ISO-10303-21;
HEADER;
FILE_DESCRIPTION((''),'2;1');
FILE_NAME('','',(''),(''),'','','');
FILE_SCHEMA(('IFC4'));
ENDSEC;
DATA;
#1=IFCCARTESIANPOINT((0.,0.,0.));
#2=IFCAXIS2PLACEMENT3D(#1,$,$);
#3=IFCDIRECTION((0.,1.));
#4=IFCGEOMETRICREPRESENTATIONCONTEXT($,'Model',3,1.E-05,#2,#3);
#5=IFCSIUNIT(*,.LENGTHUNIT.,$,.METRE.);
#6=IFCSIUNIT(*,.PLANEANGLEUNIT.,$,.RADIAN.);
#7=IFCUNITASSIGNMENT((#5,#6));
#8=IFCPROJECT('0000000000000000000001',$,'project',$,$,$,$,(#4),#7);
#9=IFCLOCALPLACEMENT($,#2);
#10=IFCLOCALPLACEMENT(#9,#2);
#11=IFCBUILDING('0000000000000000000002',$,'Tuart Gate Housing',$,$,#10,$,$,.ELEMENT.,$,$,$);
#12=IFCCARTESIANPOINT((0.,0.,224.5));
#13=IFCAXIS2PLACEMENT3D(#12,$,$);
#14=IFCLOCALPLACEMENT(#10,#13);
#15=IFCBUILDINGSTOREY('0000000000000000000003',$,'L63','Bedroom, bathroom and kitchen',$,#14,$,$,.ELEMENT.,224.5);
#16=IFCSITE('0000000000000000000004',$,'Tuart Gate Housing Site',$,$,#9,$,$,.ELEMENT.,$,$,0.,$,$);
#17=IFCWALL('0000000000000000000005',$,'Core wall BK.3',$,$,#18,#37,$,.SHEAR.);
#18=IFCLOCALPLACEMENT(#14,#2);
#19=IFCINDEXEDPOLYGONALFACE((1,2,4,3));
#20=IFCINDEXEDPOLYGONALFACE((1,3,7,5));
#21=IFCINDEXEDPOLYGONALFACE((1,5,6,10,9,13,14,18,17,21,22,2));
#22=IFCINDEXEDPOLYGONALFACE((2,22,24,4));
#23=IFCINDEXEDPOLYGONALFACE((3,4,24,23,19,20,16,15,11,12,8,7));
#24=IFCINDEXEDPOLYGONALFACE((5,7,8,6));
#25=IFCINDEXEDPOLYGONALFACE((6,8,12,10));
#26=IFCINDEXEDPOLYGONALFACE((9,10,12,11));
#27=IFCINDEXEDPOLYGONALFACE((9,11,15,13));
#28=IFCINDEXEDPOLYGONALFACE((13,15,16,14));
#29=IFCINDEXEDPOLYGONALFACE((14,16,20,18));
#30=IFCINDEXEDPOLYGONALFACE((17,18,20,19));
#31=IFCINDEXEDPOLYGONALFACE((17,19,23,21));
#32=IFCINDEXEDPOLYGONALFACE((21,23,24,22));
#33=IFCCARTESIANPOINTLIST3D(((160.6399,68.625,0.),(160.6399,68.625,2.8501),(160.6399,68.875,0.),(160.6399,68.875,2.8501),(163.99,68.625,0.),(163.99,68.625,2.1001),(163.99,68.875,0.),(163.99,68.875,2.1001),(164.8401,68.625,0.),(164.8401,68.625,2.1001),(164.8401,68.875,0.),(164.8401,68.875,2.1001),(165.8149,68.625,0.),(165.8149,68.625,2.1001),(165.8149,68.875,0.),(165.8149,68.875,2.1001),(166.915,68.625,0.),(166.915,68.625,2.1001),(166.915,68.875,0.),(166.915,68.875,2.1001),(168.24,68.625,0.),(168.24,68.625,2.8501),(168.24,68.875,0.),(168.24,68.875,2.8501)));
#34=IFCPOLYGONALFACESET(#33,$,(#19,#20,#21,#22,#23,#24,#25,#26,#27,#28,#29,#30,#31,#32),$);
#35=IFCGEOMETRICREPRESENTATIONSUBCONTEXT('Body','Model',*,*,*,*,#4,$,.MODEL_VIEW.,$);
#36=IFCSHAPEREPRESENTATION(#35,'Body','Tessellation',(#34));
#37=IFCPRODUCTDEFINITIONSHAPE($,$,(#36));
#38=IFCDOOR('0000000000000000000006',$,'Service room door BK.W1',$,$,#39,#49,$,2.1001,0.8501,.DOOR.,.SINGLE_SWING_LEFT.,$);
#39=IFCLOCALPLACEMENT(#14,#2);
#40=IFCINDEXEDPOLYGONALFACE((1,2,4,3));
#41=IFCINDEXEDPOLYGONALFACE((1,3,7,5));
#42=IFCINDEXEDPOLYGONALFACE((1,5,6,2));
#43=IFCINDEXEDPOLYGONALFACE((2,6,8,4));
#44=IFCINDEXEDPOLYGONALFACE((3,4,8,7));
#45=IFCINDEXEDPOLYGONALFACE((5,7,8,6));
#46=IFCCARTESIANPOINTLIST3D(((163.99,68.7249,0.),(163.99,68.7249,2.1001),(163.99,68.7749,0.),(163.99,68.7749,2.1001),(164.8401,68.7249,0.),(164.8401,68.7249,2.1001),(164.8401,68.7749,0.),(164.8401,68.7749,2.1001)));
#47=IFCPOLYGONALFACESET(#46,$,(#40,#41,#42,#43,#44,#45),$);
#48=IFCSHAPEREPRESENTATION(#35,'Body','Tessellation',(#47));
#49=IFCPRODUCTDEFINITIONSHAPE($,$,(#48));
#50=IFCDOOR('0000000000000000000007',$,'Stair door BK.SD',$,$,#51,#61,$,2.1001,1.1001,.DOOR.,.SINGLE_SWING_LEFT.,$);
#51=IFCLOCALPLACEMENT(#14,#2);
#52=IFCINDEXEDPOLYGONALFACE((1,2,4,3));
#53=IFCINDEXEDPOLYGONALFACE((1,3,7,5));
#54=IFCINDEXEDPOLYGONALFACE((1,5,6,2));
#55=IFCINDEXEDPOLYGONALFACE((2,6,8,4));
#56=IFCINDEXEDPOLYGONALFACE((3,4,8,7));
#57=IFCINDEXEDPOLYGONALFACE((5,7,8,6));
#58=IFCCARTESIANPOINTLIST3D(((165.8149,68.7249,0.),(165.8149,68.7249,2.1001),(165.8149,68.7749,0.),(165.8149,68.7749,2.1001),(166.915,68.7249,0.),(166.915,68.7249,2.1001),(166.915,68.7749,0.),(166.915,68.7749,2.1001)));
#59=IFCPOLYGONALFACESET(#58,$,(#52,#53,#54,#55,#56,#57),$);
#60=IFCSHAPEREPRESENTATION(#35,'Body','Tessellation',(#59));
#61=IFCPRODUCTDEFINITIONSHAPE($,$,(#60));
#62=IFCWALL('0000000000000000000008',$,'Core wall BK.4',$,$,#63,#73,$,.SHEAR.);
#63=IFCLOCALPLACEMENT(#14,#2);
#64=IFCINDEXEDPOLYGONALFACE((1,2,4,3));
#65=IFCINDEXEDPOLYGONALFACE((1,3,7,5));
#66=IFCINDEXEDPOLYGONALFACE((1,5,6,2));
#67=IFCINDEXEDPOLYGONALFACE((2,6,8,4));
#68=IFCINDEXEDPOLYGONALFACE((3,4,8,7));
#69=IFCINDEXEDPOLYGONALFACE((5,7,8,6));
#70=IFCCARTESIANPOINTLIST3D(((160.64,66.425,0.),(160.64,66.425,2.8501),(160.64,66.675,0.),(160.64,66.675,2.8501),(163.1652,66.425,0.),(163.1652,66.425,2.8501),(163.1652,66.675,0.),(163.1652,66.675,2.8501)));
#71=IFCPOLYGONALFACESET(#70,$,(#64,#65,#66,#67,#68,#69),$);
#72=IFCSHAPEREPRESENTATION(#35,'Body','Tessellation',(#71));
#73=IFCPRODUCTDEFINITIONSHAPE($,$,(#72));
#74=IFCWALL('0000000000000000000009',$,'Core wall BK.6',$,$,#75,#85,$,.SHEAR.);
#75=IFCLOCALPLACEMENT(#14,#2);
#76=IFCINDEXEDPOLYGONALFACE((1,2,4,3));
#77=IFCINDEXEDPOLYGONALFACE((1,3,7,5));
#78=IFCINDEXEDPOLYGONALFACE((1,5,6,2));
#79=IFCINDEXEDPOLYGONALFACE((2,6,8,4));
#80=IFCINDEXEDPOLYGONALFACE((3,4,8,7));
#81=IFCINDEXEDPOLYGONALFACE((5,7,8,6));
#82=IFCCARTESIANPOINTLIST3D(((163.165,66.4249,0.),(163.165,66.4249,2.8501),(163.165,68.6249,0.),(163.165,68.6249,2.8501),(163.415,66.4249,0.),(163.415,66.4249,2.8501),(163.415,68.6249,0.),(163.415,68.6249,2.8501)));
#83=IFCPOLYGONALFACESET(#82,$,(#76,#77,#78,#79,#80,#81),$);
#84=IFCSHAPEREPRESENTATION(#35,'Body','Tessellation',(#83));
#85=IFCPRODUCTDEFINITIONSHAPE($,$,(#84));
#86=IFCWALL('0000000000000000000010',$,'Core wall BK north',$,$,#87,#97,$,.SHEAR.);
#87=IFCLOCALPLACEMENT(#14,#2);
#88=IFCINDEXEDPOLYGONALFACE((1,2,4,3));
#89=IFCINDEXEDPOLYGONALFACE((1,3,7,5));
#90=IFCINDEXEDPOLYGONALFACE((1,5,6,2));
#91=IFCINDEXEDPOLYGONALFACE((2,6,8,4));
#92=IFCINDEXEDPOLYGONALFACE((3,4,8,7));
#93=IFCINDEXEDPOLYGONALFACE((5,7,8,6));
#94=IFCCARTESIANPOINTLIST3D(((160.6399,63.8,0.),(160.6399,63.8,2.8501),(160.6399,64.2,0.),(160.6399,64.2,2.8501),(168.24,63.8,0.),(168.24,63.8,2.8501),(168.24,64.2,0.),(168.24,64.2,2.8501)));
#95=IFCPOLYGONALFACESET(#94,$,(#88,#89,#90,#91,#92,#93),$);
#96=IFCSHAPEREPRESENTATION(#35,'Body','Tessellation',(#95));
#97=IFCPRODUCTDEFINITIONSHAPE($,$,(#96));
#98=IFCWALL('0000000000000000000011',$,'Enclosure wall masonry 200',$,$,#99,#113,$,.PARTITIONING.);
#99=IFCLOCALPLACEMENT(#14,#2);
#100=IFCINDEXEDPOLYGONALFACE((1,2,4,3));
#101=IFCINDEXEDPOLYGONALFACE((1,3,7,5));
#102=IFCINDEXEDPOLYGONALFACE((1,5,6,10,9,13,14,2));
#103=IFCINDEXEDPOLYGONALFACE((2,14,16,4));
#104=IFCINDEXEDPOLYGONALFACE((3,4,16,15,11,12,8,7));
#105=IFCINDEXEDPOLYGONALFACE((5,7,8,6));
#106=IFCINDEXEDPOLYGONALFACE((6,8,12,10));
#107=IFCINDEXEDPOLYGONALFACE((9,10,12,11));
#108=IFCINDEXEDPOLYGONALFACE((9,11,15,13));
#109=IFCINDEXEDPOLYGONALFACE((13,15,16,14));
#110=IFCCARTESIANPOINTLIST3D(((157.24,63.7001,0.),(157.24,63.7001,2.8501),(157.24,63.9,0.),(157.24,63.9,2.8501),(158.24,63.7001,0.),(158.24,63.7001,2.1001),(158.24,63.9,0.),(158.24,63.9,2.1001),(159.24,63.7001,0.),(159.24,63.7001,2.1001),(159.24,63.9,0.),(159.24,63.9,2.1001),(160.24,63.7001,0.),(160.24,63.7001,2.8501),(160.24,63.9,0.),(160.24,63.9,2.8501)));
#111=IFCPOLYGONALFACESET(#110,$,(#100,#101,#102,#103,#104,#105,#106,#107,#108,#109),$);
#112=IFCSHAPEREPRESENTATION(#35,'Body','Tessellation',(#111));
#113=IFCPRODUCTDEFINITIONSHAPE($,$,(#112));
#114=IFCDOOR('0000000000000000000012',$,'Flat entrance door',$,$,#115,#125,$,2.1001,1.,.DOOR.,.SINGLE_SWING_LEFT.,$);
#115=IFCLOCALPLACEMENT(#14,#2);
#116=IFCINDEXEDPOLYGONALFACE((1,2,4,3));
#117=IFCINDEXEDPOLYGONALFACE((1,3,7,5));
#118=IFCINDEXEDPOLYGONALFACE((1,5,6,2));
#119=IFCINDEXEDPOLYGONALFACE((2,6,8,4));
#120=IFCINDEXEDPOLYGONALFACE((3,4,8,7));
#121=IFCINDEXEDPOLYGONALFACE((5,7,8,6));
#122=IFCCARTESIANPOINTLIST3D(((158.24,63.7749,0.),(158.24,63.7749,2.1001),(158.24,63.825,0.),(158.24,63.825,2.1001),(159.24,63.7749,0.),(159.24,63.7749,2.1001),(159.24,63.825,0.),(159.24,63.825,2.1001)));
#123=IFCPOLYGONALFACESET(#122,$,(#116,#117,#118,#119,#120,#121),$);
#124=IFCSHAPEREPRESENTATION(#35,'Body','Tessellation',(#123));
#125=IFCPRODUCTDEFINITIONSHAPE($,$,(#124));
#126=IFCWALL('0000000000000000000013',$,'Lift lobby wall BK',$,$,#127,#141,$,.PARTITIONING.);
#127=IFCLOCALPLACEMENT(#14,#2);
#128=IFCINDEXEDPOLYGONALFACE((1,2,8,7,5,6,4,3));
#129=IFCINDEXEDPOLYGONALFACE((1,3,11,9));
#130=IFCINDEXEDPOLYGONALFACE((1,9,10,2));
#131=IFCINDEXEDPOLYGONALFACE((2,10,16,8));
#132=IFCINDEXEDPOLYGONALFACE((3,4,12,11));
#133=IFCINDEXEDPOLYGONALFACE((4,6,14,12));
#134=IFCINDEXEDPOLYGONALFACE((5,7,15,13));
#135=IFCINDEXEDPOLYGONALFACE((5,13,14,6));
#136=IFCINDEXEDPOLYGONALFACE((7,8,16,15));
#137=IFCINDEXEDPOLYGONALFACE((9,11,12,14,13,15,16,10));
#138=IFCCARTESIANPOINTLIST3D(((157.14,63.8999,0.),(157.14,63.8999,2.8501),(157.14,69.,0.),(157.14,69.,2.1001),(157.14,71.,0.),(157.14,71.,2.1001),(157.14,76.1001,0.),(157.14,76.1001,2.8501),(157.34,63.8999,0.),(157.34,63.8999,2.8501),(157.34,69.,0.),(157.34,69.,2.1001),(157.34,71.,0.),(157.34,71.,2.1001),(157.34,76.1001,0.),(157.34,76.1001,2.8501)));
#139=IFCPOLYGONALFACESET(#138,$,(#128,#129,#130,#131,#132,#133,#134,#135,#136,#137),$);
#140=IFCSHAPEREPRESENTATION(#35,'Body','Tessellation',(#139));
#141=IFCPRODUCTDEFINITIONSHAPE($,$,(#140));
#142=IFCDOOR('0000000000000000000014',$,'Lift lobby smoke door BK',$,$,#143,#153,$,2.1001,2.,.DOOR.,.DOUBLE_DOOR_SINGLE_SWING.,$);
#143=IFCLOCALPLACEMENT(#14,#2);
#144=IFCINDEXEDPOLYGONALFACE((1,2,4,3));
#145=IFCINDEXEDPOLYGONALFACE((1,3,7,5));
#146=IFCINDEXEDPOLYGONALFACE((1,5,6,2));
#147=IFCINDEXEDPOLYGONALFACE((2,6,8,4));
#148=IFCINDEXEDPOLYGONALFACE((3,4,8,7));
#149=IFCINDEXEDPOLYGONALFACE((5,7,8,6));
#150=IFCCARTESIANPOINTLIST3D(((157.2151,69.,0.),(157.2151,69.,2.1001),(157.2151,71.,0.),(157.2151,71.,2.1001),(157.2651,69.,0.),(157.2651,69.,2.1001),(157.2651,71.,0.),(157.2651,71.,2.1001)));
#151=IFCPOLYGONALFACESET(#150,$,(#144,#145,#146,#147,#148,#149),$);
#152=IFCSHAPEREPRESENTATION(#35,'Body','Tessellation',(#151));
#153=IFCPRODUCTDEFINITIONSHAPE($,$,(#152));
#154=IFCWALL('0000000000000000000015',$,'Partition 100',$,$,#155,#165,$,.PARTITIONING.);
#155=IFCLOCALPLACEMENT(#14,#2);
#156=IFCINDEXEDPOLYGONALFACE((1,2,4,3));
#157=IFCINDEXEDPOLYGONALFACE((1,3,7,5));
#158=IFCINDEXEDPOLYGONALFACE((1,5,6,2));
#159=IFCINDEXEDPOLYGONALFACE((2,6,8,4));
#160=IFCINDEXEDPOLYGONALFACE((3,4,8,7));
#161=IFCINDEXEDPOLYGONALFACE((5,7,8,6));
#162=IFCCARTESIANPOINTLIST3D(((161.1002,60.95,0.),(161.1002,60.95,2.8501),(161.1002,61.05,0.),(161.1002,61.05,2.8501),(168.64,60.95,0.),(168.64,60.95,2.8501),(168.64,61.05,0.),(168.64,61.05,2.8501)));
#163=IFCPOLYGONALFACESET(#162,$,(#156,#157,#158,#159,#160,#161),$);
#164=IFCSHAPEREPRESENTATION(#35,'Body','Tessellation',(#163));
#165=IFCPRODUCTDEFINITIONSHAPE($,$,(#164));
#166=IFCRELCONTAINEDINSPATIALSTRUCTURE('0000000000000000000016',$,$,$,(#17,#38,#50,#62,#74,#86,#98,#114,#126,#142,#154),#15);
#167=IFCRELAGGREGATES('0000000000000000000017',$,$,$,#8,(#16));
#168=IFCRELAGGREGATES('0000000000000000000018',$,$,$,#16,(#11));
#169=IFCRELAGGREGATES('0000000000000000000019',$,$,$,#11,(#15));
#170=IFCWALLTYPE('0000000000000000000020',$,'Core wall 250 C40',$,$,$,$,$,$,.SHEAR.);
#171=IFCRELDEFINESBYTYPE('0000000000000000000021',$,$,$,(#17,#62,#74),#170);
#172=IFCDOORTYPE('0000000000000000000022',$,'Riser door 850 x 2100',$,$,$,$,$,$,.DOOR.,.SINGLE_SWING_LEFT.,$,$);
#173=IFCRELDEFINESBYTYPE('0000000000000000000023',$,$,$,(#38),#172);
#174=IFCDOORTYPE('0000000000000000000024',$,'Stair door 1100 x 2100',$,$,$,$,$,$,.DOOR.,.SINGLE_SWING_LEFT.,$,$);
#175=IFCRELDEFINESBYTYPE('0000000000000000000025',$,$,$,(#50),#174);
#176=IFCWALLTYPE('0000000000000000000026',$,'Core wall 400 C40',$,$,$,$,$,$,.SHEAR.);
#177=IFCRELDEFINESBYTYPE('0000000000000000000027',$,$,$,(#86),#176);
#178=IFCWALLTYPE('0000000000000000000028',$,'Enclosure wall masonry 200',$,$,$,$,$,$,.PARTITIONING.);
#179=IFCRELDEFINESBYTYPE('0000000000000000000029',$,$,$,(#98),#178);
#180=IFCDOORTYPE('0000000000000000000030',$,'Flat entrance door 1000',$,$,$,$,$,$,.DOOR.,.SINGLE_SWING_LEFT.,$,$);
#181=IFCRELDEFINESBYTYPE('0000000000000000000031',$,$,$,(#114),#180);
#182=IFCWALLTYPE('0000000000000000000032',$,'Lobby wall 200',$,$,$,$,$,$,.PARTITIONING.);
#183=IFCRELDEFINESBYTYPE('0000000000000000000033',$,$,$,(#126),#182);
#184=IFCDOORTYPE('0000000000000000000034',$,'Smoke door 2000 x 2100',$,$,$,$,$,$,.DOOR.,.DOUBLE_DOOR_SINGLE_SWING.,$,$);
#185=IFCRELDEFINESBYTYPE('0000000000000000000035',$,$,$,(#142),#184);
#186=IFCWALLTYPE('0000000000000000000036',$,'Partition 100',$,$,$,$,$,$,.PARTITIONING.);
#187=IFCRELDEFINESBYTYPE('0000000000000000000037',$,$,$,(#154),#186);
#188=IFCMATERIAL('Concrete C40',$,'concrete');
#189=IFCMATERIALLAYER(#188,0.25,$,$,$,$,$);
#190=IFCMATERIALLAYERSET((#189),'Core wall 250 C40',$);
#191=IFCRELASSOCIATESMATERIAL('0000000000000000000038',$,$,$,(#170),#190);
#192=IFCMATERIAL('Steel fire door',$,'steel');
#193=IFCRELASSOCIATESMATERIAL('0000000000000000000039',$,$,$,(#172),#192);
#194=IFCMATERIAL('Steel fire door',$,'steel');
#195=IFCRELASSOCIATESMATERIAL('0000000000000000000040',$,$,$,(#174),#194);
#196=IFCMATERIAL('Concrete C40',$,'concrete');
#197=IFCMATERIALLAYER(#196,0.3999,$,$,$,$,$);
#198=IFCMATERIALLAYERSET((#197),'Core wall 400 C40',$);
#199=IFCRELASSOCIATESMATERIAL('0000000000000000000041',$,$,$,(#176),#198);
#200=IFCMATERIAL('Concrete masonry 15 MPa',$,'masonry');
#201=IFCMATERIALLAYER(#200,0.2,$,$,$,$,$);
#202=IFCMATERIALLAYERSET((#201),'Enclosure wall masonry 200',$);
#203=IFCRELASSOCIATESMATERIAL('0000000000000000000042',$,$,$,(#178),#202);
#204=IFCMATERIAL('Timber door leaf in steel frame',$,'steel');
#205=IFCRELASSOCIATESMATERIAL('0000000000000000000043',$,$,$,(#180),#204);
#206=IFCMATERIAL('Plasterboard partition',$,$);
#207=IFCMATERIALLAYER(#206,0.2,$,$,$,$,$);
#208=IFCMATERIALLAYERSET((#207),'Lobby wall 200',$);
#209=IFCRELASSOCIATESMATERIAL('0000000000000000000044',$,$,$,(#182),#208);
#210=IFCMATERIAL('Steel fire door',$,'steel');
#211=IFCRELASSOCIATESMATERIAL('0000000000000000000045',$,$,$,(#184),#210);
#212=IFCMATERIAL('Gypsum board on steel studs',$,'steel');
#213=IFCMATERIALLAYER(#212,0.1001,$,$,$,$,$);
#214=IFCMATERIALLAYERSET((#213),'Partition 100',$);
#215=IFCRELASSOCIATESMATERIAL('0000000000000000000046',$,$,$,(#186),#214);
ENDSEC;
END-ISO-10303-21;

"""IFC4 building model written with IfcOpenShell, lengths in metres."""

from ifc_helpers import new_model, si_unit, direction, frame, frame_2d, origin, place, context, subcontext, project, spatial, rectangle, extrude, material, layer, layer_set, type_object, element, fill, save


model = new_model("IFC4")

# Units and contexts
model_context = context("Model", 3, precision=1e-05, world=origin(), true_north=direction((0.0, 1.0)))
body_context = subcontext(model_context, "Body", "Model", "MODEL_VIEW")
ifc_project = project(units=[si_unit("LENGTHUNIT", "METRE"), si_unit("PLANEANGLEUNIT", "RADIAN")], contexts=[model_context])

# Site, building, storey
site_placement = place(None, origin())
site = spatial("IfcSite", under=ifc_project, at=site_placement, Name="Tuart Gate Housing Site", CompositionType="ELEMENT", RefElevation=0.0)
building_placement = place(site_placement, origin())
building = spatial("IfcBuilding", under=site, at=building_placement, Name="Tuart Gate Housing", CompositionType="ELEMENT")
storey_placement = place(building_placement, frame((0.0, 0.0, 224.5)))
storey = spatial("IfcBuildingStorey", under=building, at=storey_placement, Name="L63", Description="Bedroom, bathroom and kitchen", CompositionType="ELEMENT", Elevation=224.5)

# Wall, openings, doors
ifc_material_1 = material(Name="Concrete C40", Category="concrete")
ifc_layer_1 = layer(ifc_material_1, 0.25)
ifc_layer_set_1 = layer_set([ifc_layer_1], Name="Core wall 250 C40")
wall_type_1 = type_object("IfcWallType", Name="Core wall 250 C40", PredefinedType="SHEAR", material=ifc_layer_set_1)
wall_1_placement = place(storey_placement, frame((160.6399, 68.75, 0.0), z_axis=(0.0, 0.0, 1.0), x_axis=(1.0, 0.0, 0.0)))
wall_1 = element("IfcWall", 1, at=wall_1_placement, inside=storey, type_object=wall_type_1, Name="Core wall BK.3", PredefinedType="SHEAR", context=body_context, shape_type="SweptSolid", body=[
    extrude(rectangle(XDim=7.6001, YDim=0.25, at=frame_2d((3.8, 0.0))), origin(), (0.0, 0.0, 1.0), 2.8501),
])
opening_1_placement = place(wall_1_placement, frame((5.175, 0.0, 0.0)))
opening_1 = element("IfcOpeningElement", 2, at=opening_1_placement, cuts=wall_1, PredefinedType="OPENING", context=body_context, shape_type="SweptSolid", body=[
    extrude(rectangle(XDim=1.1001, YDim=2.1001, at=frame_2d((0.55, 1.05))), frame((0.0, 0.135, 0.0), z_axis=(0.0, -1.0, 0.0), x_axis=(1.0, 0.0, 0.0)), (0.0, 0.0, 1.0), 0.27),
])
opening_2_placement = place(wall_1_placement, frame((3.3501, 0.0, 0.0)))
opening_2 = element("IfcOpeningElement", 3, at=opening_2_placement, cuts=wall_1, PredefinedType="OPENING", context=body_context, shape_type="SweptSolid", body=[
    extrude(rectangle(XDim=0.8501, YDim=2.1001, at=frame_2d((0.425, 1.05))), frame((0.0, 0.135, 0.0), z_axis=(0.0, -1.0, 0.0), x_axis=(1.0, 0.0, 0.0)), (0.0, 0.0, 1.0), 0.27),
])
ifc_material_2 = material(Name="Steel fire door", Category="steel")
door_type_1 = type_object("IfcDoorType", Name="Riser door 850 x 2100", OperationType="SINGLE_SWING_LEFT", PredefinedType="DOOR", material=ifc_material_2)
door_1_placement = place(opening_2_placement, origin())
door_1 = element("IfcDoor", 4, at=door_1_placement, inside=storey, type_object=door_type_1, Name="Service room door BK.W1", OperationType="SINGLE_SWING_LEFT", OverallHeight=2.1001, OverallWidth=0.8501, PredefinedType="DOOR", context=body_context, shape_type="SweptSolid", body=[
    extrude(rectangle(XDim=0.8501, YDim=2.1001, at=frame_2d((0.425, 1.05))), frame((0.0, 0.0249, 0.0), z_axis=(0.0, -1.0, 0.0), x_axis=(1.0, 0.0, 0.0)), (0.0, 0.0, 1.0), 0.05),
])
fill(opening_2, door_1)
ifc_material_3 = material(Name="Steel fire door", Category="steel")
door_type_2 = type_object("IfcDoorType", Name="Stair door 1100 x 2100", OperationType="SINGLE_SWING_LEFT", PredefinedType="DOOR", material=ifc_material_3)
door_2_placement = place(opening_1_placement, origin())
door_2 = element("IfcDoor", 5, at=door_2_placement, inside=storey, type_object=door_type_2, Name="Stair door BK.SD", OperationType="SINGLE_SWING_LEFT", OverallHeight=2.1001, OverallWidth=1.1001, PredefinedType="DOOR", context=body_context, shape_type="SweptSolid", body=[
    extrude(rectangle(XDim=1.1001, YDim=2.1001, at=frame_2d((0.55, 1.05))), frame((0.0, 0.0249, 0.0), z_axis=(0.0, -1.0, 0.0), x_axis=(1.0, 0.0, 0.0)), (0.0, 0.0, 1.0), 0.05),
])
fill(opening_1, door_2)

# Walls
wall_2_placement = place(storey_placement, frame((160.6399, 66.55, 0.0), z_axis=(0.0, 0.0, 1.0), x_axis=(1.0, 0.0, 0.0)))
element("IfcWall", 6, at=wall_2_placement, inside=storey, type_object=wall_type_1, Name="Core wall BK.4", PredefinedType="SHEAR", context=body_context, shape_type="SweptSolid", body=[
    extrude(rectangle(XDim=2.5251, YDim=0.25, at=frame_2d((1.2627, 0.0))), origin(), (0.0, 0.0, 1.0), 2.8501),
])
wall_3_placement = place(storey_placement, frame((163.29, 68.625, 0.0), z_axis=(0.0, 0.0, 1.0), x_axis=(0.0, -1.0, 0.0)))
element("IfcWall", 7, at=wall_3_placement, inside=storey, type_object=wall_type_1, Name="Core wall BK.6", PredefinedType="SHEAR", context=body_context, shape_type="SweptSolid", body=[
    extrude(rectangle(XDim=2.2, YDim=0.25, at=frame_2d((1.1001, 0.0))), origin(), (0.0, 0.0, 1.0), 2.8501),
])
ifc_material_4 = material(Name="Concrete C40", Category="concrete")
ifc_layer_2 = layer(ifc_material_4, 0.3999)
ifc_layer_set_2 = layer_set([ifc_layer_2], Name="Core wall 400 C40")
wall_type_2 = type_object("IfcWallType", Name="Core wall 400 C40", PredefinedType="SHEAR", material=ifc_layer_set_2)
wall_4_placement = place(storey_placement, frame((160.6399, 64.0, 0.0), z_axis=(0.0, 0.0, 1.0), x_axis=(1.0, 0.0, 0.0)))
element("IfcWall", 8, at=wall_4_placement, inside=storey, type_object=wall_type_2, Name="Core wall BK north", PredefinedType="SHEAR", context=body_context, shape_type="SweptSolid", body=[
    extrude(rectangle(XDim=7.6001, YDim=0.3999, at=frame_2d((3.8, 0.0))), origin(), (0.0, 0.0, 1.0), 2.8501),
])

# Walls, openings, doors
ifc_material_5 = material(Name="Concrete masonry 15 MPa", Category="masonry")
ifc_layer_3 = layer(ifc_material_5, 0.2)
ifc_layer_set_3 = layer_set([ifc_layer_3], Name="Enclosure wall masonry 200")
wall_type_3 = type_object("IfcWallType", Name="Enclosure wall masonry 200", PredefinedType="PARTITIONING", material=ifc_layer_set_3)
wall_5_placement = place(storey_placement, frame((157.24, 63.8, 0.0), z_axis=(0.0, 0.0, 1.0), x_axis=(1.0, 0.0, 0.0)))
wall_5 = element("IfcWall", 9, at=wall_5_placement, inside=storey, type_object=wall_type_3, Name="Enclosure wall masonry 200", PredefinedType="PARTITIONING", context=body_context, shape_type="SweptSolid", body=[
    extrude(rectangle(XDim=3.0, YDim=0.2, at=frame_2d((1.5, 0.0))), origin(), (0.0, 0.0, 1.0), 2.8501),
])
opening_3_placement = place(wall_5_placement, frame((1.0, 0.0, 0.0)))
opening_3 = element("IfcOpeningElement", 10, at=opening_3_placement, cuts=wall_5, PredefinedType="OPENING", context=body_context, shape_type="SweptSolid", body=[
    extrude(rectangle(XDim=1.0, YDim=2.1001, at=frame_2d((0.5, 1.05))), frame((0.0, 0.1099, 0.0), z_axis=(0.0, -1.0, 0.0), x_axis=(1.0, 0.0, 0.0)), (0.0, 0.0, 1.0), 0.22),
])
ifc_material_6 = material(Name="Timber door leaf in steel frame", Category="steel")
door_type_3 = type_object("IfcDoorType", Name="Flat entrance door 1000", OperationType="SINGLE_SWING_LEFT", PredefinedType="DOOR", material=ifc_material_6)
door_3_placement = place(opening_3_placement, frame((1.0, 0.0, 0.0), z_axis=(0.0, 0.0, 1.0), x_axis=(-1.0, 0.0, 0.0)))
door_3 = element("IfcDoor", 11, at=door_3_placement, inside=storey, type_object=door_type_3, Name="Flat entrance door", OperationType="SINGLE_SWING_LEFT", OverallHeight=2.1001, OverallWidth=1.0, PredefinedType="DOOR", context=body_context, shape_type="SweptSolid", body=[
    extrude(rectangle(XDim=1.0, YDim=2.1001, at=frame_2d((0.5, 1.05))), frame((0.0, 0.0251, 0.0), z_axis=(0.0, -1.0, 0.0), x_axis=(1.0, 0.0, 0.0)), (0.0, 0.0, 1.0), 0.05),
])
fill(opening_3, door_3)
ifc_material_7 = material(Name="Plasterboard partition")
ifc_layer_4 = layer(ifc_material_7, 0.2)
ifc_layer_set_4 = layer_set([ifc_layer_4], Name="Lobby wall 200")
wall_type_4 = type_object("IfcWallType", Name="Lobby wall 200", PredefinedType="PARTITIONING", material=ifc_layer_set_4)
wall_6_placement = place(storey_placement, frame((157.24, 63.8999, 0.0), z_axis=(0.0, 0.0, 1.0), x_axis=(0.0, 1.0, 0.0)))
wall_6 = element("IfcWall", 12, at=wall_6_placement, inside=storey, type_object=wall_type_4, Name="Lift lobby wall BK", PredefinedType="PARTITIONING", context=body_context, shape_type="SweptSolid", body=[
    extrude(rectangle(XDim=12.2002, YDim=0.2, at=frame_2d((6.1001, 0.0))), origin(), (0.0, 0.0, 1.0), 2.8501),
])
opening_4_placement = place(wall_6_placement, frame((5.1001, 0.0, 0.0)))
opening_4 = element("IfcOpeningElement", 13, at=opening_4_placement, cuts=wall_6, PredefinedType="OPENING", context=body_context, shape_type="SweptSolid", body=[
    extrude(rectangle(XDim=2.0, YDim=2.1001, at=frame_2d((1.0, 1.05))), frame((0.0, 0.1099, 0.0), z_axis=(0.0, -1.0, 0.0), x_axis=(1.0, 0.0, 0.0)), (0.0, 0.0, 1.0), 0.22),
])
ifc_material_8 = material(Name="Steel fire door", Category="steel")
door_type_4 = type_object("IfcDoorType", Name="Smoke door 2000 x 2100", OperationType="DOUBLE_DOOR_SINGLE_SWING", PredefinedType="DOOR", material=ifc_material_8)
door_4_placement = place(opening_4_placement, frame((2.0, 0.0, 0.0), z_axis=(0.0, 0.0, 1.0), x_axis=(-1.0, 0.0, 0.0)))
door_4 = element("IfcDoor", 14, at=door_4_placement, inside=storey, type_object=door_type_4, Name="Lift lobby smoke door BK", OperationType="DOUBLE_DOOR_SINGLE_SWING", OverallHeight=2.1001, OverallWidth=2.0, PredefinedType="DOOR", context=body_context, shape_type="SweptSolid", body=[
    extrude(rectangle(XDim=2.0, YDim=2.1001, at=frame_2d((1.0, 1.05))), frame((0.0, 0.0251, 0.0), z_axis=(0.0, -1.0, 0.0), x_axis=(1.0, 0.0, 0.0)), (0.0, 0.0, 1.0), 0.05),
])
fill(opening_4, door_4)

# Wall
ifc_material_9 = material(Name="Gypsum board on steel studs", Category="steel")
ifc_layer_5 = layer(ifc_material_9, 0.1001)
ifc_layer_set_5 = layer_set([ifc_layer_5], Name="Partition 100")
wall_type_5 = type_object("IfcWallType", Name="Partition 100", PredefinedType="PARTITIONING", material=ifc_layer_set_5)
wall_7_placement = place(storey_placement, frame((161.1001, 61.0, 0.0), z_axis=(0.0, 0.0, 1.0), x_axis=(1.0, 0.0, 0.0)))
element("IfcWall", 15, at=wall_7_placement, inside=storey, type_object=wall_type_5, Name="Partition 100", PredefinedType="PARTITIONING", context=body_context, shape_type="SweptSolid", body=[
    extrude(rectangle(XDim=7.5398, YDim=0.1001, at=frame_2d((3.77, 0.0))), origin(), (0.0, 0.0, 1.0), 2.8501),
])

save(model, "model.ifc")
